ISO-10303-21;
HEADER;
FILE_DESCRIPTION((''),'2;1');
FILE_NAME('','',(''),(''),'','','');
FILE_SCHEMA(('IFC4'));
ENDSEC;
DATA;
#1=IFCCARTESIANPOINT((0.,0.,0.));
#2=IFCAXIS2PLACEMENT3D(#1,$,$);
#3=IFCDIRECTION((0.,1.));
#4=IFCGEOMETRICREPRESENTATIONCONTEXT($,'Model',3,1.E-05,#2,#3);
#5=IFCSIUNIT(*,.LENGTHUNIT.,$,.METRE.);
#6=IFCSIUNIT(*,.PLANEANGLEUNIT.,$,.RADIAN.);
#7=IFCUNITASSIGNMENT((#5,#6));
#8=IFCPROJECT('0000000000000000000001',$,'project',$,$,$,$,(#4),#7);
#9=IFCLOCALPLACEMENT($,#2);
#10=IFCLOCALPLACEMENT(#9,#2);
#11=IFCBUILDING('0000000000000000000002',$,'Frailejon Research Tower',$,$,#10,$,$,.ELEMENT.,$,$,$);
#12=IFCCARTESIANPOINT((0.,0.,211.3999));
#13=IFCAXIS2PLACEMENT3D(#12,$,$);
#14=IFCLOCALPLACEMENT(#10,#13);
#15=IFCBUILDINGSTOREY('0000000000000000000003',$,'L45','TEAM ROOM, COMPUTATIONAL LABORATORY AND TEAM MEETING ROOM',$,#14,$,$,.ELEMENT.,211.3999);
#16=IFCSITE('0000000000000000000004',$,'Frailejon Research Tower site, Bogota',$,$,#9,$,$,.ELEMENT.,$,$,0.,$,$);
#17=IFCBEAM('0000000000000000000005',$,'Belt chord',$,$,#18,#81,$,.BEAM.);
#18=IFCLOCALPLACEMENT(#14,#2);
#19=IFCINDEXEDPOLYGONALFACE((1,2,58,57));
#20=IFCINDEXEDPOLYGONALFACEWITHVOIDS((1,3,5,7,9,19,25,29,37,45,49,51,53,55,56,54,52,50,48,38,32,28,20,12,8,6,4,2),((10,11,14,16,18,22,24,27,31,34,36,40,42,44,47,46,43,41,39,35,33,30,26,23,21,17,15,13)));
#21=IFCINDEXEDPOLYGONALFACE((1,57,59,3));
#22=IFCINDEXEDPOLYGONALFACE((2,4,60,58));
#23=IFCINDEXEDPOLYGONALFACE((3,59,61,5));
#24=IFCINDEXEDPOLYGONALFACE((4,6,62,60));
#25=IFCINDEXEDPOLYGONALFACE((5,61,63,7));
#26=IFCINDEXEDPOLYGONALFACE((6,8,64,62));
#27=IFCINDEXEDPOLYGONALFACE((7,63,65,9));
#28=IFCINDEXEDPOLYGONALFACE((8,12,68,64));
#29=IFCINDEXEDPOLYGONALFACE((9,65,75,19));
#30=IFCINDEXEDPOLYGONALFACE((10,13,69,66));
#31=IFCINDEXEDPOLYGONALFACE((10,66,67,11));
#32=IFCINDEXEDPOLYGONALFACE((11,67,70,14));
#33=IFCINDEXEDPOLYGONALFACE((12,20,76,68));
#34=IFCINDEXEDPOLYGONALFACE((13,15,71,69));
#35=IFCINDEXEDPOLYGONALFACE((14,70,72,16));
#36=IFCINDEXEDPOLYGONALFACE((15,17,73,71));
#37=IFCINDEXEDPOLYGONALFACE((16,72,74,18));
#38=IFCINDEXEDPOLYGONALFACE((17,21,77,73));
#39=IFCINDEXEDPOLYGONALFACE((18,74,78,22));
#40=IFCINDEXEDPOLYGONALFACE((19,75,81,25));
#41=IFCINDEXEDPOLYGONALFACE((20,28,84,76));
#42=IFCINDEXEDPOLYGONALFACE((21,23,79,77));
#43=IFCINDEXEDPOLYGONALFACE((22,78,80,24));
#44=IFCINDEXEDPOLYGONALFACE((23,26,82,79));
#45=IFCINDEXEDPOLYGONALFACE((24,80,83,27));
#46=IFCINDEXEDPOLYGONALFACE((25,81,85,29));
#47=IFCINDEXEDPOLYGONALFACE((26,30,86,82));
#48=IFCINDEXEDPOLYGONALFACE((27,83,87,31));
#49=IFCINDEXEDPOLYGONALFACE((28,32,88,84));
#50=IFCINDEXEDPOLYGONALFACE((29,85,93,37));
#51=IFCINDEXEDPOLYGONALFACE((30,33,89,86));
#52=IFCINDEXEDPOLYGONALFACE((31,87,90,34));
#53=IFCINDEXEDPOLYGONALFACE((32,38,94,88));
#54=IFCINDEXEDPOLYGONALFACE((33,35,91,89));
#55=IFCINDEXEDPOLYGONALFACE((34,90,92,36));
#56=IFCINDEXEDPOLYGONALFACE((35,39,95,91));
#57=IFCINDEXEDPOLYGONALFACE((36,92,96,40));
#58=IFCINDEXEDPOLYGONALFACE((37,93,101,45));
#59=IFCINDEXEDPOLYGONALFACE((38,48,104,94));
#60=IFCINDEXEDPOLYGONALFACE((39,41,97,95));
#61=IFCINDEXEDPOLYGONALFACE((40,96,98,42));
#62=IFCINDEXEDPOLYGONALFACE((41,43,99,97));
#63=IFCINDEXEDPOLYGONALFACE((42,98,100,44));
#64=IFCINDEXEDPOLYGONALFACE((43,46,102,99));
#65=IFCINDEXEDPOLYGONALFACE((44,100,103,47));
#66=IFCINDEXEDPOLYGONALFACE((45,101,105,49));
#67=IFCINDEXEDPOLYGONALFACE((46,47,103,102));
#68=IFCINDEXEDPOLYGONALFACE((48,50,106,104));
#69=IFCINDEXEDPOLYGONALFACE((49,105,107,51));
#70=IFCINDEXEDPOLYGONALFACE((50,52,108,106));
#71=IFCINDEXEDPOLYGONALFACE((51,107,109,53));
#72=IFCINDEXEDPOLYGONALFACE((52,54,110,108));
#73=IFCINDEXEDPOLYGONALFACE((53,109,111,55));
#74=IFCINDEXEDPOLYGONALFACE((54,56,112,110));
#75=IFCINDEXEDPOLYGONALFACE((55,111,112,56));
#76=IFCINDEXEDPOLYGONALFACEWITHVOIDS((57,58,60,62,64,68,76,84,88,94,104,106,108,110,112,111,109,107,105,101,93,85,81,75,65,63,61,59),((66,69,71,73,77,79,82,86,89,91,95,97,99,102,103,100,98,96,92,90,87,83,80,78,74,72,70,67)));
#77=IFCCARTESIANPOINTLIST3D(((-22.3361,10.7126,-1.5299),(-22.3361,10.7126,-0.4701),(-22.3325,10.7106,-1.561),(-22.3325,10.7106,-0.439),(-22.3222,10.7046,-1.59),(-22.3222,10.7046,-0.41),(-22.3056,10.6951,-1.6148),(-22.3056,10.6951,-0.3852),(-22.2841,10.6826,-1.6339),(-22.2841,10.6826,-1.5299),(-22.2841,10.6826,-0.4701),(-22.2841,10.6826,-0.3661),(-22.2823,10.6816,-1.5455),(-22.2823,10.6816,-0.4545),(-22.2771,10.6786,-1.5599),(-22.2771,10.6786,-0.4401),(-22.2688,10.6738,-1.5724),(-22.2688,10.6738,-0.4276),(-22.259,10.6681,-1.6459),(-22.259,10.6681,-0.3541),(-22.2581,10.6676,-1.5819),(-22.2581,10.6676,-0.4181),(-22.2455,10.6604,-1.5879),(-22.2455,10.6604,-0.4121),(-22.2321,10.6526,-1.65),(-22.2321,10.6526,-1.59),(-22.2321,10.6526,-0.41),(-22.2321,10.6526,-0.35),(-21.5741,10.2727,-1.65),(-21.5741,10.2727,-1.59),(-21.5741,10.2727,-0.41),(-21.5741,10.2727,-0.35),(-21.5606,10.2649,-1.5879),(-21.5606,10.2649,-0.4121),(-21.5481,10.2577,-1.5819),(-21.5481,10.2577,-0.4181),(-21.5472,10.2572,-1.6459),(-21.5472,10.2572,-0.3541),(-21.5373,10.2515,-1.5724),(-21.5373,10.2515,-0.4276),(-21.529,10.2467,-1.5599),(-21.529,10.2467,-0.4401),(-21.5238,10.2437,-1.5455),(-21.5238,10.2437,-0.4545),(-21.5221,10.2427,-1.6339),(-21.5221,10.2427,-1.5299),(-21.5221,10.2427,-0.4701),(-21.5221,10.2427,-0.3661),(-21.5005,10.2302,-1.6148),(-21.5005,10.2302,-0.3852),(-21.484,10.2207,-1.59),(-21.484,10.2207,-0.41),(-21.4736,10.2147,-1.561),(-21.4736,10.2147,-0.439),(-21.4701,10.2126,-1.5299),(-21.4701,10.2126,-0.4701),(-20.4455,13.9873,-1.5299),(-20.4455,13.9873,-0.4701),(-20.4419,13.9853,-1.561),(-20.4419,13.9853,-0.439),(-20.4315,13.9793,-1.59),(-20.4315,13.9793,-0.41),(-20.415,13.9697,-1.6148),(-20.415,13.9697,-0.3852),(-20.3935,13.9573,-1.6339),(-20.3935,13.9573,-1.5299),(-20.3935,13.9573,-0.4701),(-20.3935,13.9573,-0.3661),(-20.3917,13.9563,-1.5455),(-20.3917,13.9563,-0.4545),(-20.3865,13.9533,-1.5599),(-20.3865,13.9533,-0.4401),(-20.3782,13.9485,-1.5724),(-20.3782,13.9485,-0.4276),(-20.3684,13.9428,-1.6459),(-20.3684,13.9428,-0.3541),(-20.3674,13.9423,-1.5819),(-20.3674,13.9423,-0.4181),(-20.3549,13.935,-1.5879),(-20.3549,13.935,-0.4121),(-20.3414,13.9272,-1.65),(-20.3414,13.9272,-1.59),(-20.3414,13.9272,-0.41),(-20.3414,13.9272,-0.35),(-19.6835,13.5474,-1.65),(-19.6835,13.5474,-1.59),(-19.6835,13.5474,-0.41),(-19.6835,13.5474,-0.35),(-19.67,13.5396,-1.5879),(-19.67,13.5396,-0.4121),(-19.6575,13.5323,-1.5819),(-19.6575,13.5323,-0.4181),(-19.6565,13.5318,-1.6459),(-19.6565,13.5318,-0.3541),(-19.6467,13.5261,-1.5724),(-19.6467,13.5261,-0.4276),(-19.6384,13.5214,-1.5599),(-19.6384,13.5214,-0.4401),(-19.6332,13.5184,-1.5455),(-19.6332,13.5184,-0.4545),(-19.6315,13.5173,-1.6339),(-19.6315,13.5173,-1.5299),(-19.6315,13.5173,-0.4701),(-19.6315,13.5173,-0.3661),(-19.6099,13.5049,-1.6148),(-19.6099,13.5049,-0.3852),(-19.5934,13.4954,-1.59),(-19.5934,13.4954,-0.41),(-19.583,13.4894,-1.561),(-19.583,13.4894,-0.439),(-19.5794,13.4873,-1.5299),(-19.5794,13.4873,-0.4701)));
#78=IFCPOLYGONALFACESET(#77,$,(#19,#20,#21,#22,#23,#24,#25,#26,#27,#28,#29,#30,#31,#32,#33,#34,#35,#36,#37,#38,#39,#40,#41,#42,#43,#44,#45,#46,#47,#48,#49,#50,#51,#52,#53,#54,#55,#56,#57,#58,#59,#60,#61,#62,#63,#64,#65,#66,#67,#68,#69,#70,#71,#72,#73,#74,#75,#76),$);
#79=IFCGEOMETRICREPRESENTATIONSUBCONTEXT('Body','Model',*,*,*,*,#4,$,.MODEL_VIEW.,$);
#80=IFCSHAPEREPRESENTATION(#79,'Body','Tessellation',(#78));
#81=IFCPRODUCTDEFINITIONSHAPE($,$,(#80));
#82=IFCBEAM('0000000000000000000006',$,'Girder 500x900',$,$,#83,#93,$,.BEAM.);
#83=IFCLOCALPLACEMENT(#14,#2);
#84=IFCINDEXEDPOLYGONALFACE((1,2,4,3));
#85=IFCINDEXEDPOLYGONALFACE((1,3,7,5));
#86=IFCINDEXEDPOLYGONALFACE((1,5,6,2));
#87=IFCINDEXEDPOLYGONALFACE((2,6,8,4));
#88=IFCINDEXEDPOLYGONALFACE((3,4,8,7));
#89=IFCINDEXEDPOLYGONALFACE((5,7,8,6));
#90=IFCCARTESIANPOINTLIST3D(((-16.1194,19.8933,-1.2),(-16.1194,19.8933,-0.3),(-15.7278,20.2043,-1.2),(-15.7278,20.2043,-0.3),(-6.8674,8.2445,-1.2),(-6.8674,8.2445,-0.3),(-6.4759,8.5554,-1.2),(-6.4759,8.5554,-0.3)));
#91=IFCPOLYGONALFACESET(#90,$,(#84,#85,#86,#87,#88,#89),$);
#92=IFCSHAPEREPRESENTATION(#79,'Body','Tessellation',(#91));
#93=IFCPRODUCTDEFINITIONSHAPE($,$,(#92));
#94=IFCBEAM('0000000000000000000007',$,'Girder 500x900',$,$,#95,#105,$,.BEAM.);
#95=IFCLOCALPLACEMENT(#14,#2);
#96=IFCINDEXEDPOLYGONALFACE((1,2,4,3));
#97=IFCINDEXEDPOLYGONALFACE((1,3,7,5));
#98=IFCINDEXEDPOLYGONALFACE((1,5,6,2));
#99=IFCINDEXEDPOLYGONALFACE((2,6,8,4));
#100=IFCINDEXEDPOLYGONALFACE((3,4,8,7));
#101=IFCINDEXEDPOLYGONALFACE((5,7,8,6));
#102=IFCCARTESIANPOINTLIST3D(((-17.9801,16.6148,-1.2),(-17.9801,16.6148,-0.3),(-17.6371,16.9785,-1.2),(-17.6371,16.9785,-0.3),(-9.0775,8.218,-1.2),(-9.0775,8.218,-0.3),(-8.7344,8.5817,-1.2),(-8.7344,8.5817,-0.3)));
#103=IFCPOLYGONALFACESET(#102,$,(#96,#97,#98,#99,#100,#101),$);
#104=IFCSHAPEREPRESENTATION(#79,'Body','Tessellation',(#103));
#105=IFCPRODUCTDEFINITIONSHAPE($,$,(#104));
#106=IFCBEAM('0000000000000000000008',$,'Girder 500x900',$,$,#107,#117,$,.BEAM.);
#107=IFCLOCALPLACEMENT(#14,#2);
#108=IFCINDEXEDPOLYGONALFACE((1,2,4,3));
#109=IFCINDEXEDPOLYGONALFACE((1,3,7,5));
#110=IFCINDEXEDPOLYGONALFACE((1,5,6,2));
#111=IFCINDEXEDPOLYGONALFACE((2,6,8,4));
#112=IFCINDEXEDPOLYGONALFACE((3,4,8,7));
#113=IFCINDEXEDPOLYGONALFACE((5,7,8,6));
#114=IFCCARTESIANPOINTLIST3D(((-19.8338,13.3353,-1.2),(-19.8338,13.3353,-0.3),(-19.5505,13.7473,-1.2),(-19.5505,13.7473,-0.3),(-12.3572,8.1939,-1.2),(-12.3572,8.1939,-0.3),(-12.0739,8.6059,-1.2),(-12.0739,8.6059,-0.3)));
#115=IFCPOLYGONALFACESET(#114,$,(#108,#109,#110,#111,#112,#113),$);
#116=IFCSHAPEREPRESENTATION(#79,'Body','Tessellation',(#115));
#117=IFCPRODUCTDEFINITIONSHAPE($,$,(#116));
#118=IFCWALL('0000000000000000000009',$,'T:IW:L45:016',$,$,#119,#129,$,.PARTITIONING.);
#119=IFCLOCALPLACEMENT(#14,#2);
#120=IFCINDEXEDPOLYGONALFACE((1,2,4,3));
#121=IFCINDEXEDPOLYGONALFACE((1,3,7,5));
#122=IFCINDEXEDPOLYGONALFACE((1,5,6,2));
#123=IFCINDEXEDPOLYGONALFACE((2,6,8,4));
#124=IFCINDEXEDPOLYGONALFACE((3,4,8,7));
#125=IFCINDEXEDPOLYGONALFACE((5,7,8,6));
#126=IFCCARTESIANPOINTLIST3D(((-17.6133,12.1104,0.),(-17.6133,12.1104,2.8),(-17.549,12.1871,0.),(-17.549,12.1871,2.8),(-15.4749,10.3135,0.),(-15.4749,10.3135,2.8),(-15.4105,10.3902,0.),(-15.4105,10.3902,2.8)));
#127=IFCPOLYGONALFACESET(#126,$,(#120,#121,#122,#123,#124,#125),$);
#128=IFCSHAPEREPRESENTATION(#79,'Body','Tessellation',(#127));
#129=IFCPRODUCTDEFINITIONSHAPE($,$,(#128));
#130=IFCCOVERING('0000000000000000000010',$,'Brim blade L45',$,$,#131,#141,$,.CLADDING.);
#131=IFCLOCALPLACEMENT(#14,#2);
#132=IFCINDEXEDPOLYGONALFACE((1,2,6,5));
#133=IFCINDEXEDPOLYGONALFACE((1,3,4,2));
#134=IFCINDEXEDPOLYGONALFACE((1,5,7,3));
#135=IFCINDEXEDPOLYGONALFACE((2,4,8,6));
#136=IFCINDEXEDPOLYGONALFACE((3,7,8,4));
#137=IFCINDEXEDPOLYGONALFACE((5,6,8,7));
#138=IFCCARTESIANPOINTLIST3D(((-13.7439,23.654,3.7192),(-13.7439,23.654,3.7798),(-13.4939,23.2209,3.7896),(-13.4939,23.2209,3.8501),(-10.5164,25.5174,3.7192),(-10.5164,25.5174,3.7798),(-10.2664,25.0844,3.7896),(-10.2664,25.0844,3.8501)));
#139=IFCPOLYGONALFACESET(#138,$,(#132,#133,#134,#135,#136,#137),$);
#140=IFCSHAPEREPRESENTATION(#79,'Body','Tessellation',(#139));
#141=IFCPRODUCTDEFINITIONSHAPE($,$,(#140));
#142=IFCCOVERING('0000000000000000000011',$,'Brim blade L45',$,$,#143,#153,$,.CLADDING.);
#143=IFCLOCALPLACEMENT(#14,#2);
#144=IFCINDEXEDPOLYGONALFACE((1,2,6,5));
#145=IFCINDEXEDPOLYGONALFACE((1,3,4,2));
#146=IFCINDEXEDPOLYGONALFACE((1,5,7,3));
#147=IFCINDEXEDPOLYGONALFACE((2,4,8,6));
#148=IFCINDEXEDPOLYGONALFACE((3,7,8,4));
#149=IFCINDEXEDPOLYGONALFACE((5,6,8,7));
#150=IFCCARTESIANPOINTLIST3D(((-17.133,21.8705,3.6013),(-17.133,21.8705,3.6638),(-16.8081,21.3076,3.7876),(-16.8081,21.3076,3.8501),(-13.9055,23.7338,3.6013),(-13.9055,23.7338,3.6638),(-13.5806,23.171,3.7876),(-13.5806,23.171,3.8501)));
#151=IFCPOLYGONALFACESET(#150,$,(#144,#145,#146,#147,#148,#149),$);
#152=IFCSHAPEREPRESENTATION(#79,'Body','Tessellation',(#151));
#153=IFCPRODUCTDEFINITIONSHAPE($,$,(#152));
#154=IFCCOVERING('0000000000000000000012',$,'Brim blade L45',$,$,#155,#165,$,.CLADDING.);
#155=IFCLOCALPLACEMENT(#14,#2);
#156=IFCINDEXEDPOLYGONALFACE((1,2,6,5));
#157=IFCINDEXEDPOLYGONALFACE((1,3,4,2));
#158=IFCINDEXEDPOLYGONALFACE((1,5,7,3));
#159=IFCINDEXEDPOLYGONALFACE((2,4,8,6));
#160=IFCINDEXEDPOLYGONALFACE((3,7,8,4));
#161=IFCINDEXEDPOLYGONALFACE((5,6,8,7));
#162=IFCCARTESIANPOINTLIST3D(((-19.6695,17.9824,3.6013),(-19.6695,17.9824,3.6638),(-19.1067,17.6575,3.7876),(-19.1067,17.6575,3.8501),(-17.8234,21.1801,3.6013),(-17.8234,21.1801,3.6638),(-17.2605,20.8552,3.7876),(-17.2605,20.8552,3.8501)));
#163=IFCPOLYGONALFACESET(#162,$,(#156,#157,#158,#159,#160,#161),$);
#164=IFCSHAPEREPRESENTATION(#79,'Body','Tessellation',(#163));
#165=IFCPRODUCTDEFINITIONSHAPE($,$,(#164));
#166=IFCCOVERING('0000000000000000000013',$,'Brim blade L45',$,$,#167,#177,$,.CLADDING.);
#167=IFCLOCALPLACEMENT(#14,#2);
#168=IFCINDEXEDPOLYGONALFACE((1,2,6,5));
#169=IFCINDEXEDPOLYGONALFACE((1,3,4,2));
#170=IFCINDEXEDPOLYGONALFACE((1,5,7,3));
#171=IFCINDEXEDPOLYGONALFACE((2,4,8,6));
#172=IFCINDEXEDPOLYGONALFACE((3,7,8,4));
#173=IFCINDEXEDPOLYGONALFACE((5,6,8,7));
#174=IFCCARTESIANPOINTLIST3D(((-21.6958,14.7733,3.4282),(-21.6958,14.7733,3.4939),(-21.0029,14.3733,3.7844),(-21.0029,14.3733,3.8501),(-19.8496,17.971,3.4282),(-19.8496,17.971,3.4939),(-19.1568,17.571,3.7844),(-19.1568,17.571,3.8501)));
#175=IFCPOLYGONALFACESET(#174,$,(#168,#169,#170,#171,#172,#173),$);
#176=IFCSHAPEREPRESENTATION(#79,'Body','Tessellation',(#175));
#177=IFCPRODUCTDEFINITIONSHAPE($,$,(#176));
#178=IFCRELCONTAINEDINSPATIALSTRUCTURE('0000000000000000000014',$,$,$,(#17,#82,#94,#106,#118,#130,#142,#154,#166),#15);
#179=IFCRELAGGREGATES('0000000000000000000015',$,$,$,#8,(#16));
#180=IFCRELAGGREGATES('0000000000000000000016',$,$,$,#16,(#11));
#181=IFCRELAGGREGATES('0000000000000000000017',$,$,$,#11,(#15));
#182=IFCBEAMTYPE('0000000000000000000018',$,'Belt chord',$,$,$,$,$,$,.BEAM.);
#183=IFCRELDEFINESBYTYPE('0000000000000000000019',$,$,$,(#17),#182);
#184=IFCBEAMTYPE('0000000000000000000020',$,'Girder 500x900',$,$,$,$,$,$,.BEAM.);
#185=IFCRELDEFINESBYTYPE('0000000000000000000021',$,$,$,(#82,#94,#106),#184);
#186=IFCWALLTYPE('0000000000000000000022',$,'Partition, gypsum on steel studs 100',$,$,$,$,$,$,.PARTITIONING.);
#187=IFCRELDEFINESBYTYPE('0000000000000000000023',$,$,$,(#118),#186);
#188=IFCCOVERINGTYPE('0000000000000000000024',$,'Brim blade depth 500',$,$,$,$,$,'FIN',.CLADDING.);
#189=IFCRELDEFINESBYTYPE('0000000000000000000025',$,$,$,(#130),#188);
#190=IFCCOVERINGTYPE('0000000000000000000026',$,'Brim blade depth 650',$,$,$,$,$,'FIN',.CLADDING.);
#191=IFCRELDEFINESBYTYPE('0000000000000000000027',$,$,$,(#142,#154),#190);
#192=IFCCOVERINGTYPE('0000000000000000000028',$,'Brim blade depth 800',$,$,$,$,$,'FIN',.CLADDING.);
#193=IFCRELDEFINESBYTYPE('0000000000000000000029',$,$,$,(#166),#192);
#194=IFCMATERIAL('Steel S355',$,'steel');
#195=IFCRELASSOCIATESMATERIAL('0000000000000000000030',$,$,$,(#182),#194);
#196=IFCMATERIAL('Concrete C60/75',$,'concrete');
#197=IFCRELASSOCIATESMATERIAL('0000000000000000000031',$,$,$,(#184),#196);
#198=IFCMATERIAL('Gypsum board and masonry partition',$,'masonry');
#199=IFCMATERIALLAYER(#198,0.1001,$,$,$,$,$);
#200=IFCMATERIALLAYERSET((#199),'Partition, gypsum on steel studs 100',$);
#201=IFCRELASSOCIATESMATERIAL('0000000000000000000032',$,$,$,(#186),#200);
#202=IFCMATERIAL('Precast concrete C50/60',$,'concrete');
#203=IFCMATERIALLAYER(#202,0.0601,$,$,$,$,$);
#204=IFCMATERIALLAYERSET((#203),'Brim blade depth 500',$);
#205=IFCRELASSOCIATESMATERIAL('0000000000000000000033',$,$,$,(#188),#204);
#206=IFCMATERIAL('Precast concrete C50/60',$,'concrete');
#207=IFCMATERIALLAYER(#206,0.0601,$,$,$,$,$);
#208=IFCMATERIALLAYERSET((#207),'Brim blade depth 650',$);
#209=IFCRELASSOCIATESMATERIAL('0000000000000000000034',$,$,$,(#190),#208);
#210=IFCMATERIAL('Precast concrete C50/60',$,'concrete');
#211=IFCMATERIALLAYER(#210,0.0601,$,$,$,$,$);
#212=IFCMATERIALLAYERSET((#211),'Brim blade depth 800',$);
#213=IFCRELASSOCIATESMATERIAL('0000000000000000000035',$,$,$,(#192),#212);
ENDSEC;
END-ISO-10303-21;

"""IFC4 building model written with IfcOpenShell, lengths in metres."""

from ifc_helpers import new_model, si_unit, direction, frame, frame_2d, origin, origin_2d, place, context, subcontext, project, spatial, polyline, rectangle, hollow_rectangle, outline, extrude, material, layer, layer_set, material_profile, profile_set, type_object, element, save


model = new_model("IFC4")

# Units and contexts
model_context = context("Model", 3, precision=1e-05, world=origin(), true_north=direction((0.0, 1.0)))
body_context = subcontext(model_context, "Body", "Model", "MODEL_VIEW")
ifc_project = project(units=[si_unit("LENGTHUNIT", "METRE"), si_unit("PLANEANGLEUNIT", "RADIAN")], contexts=[model_context])

# Site, building, storey
site_placement = place(None, origin())
site = spatial("IfcSite", under=ifc_project, at=site_placement, Name="Frailejon Research Tower site, Bogota", CompositionType="ELEMENT", RefElevation=0.0)
building_placement = place(site_placement, origin())
building = spatial("IfcBuilding", under=site, at=building_placement, Name="Frailejon Research Tower", CompositionType="ELEMENT")
storey_placement = place(building_placement, frame((0.0, 0.0, 211.3999)))
storey = spatial("IfcBuildingStorey", under=building, at=storey_placement, Name="L45", Description="TEAM ROOM, COMPUTATIONAL LABORATORY AND TEAM MEETING ROOM", CompositionType="ELEMENT", Elevation=211.3999)

# Beams
ifc_material_1 = material(Name="Steel S355", Category="steel")
ifc_material_profile_1 = material_profile(ifc_material_1, hollow_rectangle(XDim=1.0, YDim=1.3, WallThickness=0.0601, InnerFilletRadius=0.0601, OuterFilletRadius=0.1201, at=origin_2d()), Name="Belt chord")
ifc_profile_set_1 = profile_set([ifc_material_profile_1], Name="Steel S355")
beam_type_1 = type_object("IfcBeamType", Name="Belt chord", PredefinedType="BEAM", material=ifc_profile_set_1)
for number, where, z_axis, x_axis, name in (
    (1, (-20.0125, 13.7373, -1.0), (-0.5, -0.866025, 0.0), (0.866025, -0.5, 0.0), "Belt chord"),
):
    element("IfcBeam", number, at=place(storey_placement, frame(where, z_axis=z_axis, x_axis=x_axis)), inside=storey, type_object=beam_type_1, Name=name, PredefinedType="BEAM", context=body_context, shape_type="SweptSolid", body=[
        extrude(hollow_rectangle(XDim=1.0, YDim=1.3, WallThickness=0.0601, InnerFilletRadius=0.0601, OuterFilletRadius=0.1201, at=origin_2d()), origin(), (0.0, 0.0, 1.0), 3.7812),
    ])
ifc_material_2 = material(Name="Concrete C60/75", Category="concrete")
ifc_material_profile_2 = material_profile(ifc_material_2, rectangle(XDim=0.5, YDim=0.8999, at=origin_2d()), Name="Girder 500x900")
ifc_profile_set_2 = profile_set([ifc_material_profile_2], Name="Concrete C60/75")
beam_type_2 = type_object("IfcBeamType", Name="Girder 500x900", PredefinedType="BEAM", material=ifc_profile_set_2)
beam_1_placement = place(storey_placement, frame((-15.9236, 20.0488, -0.75), z_axis=(0.621937, -0.783067, 0.0), x_axis=(0.783067, 0.621937, 0.0)))
element("IfcBeam", 2, at=beam_1_placement, inside=storey, type_object=beam_type_2, Name="Girder 500x900", PredefinedType="BEAM", context=body_context, shape_type="SweptSolid", body=[
    extrude(rectangle(XDim=0.5, YDim=0.8999, at=origin_2d()), origin(), (0.0, 0.0, 1.0), 14.876),
])
beam_2_placement = place(storey_placement, frame((-17.8086, 16.7966, -0.75), z_axis=(0.727473, -0.686137, 0.0), x_axis=(0.686137, 0.727473, 0.0)))
element("IfcBeam", 3, at=beam_2_placement, inside=storey, type_object=beam_type_2, Name="Girder 500x900", PredefinedType="BEAM", context=body_context, shape_type="SweptSolid", body=[
    extrude(rectangle(XDim=0.5, YDim=0.8999, at=origin_2d()), origin(), (0.0, 0.0, 1.0), 12.2378),
])
beam_3_placement = place(storey_placement, frame((-19.6921, 13.5413, -0.75), z_axis=(0.823979, -0.56662, 0.0), x_axis=(0.56662, 0.823979, 0.0)))
element("IfcBeam", 4, at=beam_3_placement, inside=storey, type_object=beam_type_2, Name="Girder 500x900", PredefinedType="BEAM", context=body_context, shape_type="SweptSolid", body=[
    extrude(rectangle(XDim=0.5, YDim=0.8999, at=origin_2d()), origin(), (0.0, 0.0, 1.0), 9.0737),
])

# Wall
ifc_material_3 = material(Name="Gypsum board and masonry partition", Category="masonry")
ifc_layer_1 = layer(ifc_material_3, 0.1001)
ifc_layer_set_1 = layer_set([ifc_layer_1], Name="Partition, gypsum on steel studs 100")
wall_type_1 = type_object("IfcWallType", Name="Partition, gypsum on steel studs 100", PredefinedType="PARTITIONING", material=ifc_layer_set_1)
wall_1_placement = place(storey_placement, frame((-17.5811, 12.1487, 0.0), z_axis=(0.0, 0.0, 1.0), x_axis=(0.7656, -0.643317, 0.0)))
element("IfcWall", 5, at=wall_1_placement, inside=storey, type_object=wall_type_1, Name="T:IW:L45:016", PredefinedType="PARTITIONING", context=body_context, shape_type="SweptSolid", body=[
    extrude(rectangle(XDim=2.7932, YDim=0.1001, at=frame_2d((1.3965, 0.0))), origin(), (0.0, 0.0, 1.0), 2.8),
])

# Coverings
ifc_material_4 = material(Name="Precast concrete C50/60", Category="concrete")
ifc_layer_2 = layer(ifc_material_4, 0.0601)
ifc_layer_set_2 = layer_set([ifc_layer_2], Name="Brim blade depth 500")
covering_type_1 = type_object("IfcCoveringType", Name="Brim blade depth 500", ElementType="FIN", PredefinedType="CLADDING", material=ifc_layer_set_2)
covering_1_placement = place(storey_placement, frame((-13.4939, 23.2209, 3.8501), z_axis=(0.866018, 0.500012, 0.0), x_axis=(-0.500012, 0.866018, 0.0)))
element("IfcCovering", 6, at=covering_1_placement, inside=storey, type_object=covering_type_1, Name="Brim blade L45", PredefinedType="CLADDING", context=body_context, shape_type="SweptSolid", body=[
    extrude(outline(polyline([(0.0, -0.0605), (0.5, -0.1309), (0.5, -0.0703), (0.0, 0.0), (0.0, -0.0605)])), origin(), (0.0, 0.0, 1.0), 3.7268),
])
ifc_material_5 = material(Name="Precast concrete C50/60", Category="concrete")
ifc_layer_3 = layer(ifc_material_5, 0.0601)
ifc_layer_set_3 = layer_set([ifc_layer_3], Name="Brim blade depth 650")
covering_type_2 = type_object("IfcCoveringType", Name="Brim blade depth 650", ElementType="FIN", PredefinedType="CLADDING", material=ifc_layer_set_3)
covering_2_placement = place(storey_placement, frame((-16.8081, 21.3076, 3.8501), z_axis=(0.866036, 0.499981, 0.0), x_axis=(-0.499981, 0.866036, 0.0)))
element("IfcCovering", 7, at=covering_2_placement, inside=storey, type_object=covering_type_2, Name="Brim blade L45", PredefinedType="CLADDING", context=body_context, shape_type="SweptSolid", body=[
    extrude(outline(polyline([(0.0, -0.0625), (0.6499, -0.2488), (0.6499, -0.1863), (0.0, 0.0), (0.0, -0.0625)])), origin(), (0.0, 0.0, 1.0), 3.7268),
])
covering_3_placement = place(storey_placement, frame((-19.1067, 17.6575, 3.8501), z_axis=(0.499993, 0.866029, 0.0), x_axis=(-0.866029, 0.499993, 0.0)))
element("IfcCovering", 8, at=covering_3_placement, inside=storey, type_object=covering_type_2, Name="Brim blade L45", PredefinedType="CLADDING", context=body_context, shape_type="SweptSolid", body=[
    extrude(outline(polyline([(0.0, -0.0625), (0.6499, -0.2488), (0.6499, -0.1863), (0.0, 0.0), (0.0, -0.0625)])), origin(), (0.0, 0.0, 1.0), 3.6924),
])
ifc_material_6 = material(Name="Precast concrete C50/60", Category="concrete")
ifc_layer_4 = layer(ifc_material_6, 0.0601)
ifc_layer_set_4 = layer_set([ifc_layer_4], Name="Brim blade depth 800")
covering_type_3 = type_object("IfcCoveringType", Name="Brim blade depth 800", ElementType="FIN", PredefinedType="CLADDING", material=ifc_layer_set_4)
covering_4_placement = place(storey_placement, frame((-21.0029, 14.3733, 3.8501), z_axis=(0.499993, 0.866029, 0.0), x_axis=(-0.866029, 0.499993, 0.0)))
element("IfcCovering", 9, at=covering_4_placement, inside=storey, type_object=covering_type_3, Name="Brim blade L45", PredefinedType="CLADDING", context=body_context, shape_type="SweptSolid", body=[
    extrude(outline(polyline([(0.0, -0.0657), (0.8, -0.4219), (0.8, -0.3562), (0.0, 0.0), (0.0, -0.0657)])), origin(), (0.0, 0.0, 1.0), 3.6924),
])

save(model, "model.ifc")
